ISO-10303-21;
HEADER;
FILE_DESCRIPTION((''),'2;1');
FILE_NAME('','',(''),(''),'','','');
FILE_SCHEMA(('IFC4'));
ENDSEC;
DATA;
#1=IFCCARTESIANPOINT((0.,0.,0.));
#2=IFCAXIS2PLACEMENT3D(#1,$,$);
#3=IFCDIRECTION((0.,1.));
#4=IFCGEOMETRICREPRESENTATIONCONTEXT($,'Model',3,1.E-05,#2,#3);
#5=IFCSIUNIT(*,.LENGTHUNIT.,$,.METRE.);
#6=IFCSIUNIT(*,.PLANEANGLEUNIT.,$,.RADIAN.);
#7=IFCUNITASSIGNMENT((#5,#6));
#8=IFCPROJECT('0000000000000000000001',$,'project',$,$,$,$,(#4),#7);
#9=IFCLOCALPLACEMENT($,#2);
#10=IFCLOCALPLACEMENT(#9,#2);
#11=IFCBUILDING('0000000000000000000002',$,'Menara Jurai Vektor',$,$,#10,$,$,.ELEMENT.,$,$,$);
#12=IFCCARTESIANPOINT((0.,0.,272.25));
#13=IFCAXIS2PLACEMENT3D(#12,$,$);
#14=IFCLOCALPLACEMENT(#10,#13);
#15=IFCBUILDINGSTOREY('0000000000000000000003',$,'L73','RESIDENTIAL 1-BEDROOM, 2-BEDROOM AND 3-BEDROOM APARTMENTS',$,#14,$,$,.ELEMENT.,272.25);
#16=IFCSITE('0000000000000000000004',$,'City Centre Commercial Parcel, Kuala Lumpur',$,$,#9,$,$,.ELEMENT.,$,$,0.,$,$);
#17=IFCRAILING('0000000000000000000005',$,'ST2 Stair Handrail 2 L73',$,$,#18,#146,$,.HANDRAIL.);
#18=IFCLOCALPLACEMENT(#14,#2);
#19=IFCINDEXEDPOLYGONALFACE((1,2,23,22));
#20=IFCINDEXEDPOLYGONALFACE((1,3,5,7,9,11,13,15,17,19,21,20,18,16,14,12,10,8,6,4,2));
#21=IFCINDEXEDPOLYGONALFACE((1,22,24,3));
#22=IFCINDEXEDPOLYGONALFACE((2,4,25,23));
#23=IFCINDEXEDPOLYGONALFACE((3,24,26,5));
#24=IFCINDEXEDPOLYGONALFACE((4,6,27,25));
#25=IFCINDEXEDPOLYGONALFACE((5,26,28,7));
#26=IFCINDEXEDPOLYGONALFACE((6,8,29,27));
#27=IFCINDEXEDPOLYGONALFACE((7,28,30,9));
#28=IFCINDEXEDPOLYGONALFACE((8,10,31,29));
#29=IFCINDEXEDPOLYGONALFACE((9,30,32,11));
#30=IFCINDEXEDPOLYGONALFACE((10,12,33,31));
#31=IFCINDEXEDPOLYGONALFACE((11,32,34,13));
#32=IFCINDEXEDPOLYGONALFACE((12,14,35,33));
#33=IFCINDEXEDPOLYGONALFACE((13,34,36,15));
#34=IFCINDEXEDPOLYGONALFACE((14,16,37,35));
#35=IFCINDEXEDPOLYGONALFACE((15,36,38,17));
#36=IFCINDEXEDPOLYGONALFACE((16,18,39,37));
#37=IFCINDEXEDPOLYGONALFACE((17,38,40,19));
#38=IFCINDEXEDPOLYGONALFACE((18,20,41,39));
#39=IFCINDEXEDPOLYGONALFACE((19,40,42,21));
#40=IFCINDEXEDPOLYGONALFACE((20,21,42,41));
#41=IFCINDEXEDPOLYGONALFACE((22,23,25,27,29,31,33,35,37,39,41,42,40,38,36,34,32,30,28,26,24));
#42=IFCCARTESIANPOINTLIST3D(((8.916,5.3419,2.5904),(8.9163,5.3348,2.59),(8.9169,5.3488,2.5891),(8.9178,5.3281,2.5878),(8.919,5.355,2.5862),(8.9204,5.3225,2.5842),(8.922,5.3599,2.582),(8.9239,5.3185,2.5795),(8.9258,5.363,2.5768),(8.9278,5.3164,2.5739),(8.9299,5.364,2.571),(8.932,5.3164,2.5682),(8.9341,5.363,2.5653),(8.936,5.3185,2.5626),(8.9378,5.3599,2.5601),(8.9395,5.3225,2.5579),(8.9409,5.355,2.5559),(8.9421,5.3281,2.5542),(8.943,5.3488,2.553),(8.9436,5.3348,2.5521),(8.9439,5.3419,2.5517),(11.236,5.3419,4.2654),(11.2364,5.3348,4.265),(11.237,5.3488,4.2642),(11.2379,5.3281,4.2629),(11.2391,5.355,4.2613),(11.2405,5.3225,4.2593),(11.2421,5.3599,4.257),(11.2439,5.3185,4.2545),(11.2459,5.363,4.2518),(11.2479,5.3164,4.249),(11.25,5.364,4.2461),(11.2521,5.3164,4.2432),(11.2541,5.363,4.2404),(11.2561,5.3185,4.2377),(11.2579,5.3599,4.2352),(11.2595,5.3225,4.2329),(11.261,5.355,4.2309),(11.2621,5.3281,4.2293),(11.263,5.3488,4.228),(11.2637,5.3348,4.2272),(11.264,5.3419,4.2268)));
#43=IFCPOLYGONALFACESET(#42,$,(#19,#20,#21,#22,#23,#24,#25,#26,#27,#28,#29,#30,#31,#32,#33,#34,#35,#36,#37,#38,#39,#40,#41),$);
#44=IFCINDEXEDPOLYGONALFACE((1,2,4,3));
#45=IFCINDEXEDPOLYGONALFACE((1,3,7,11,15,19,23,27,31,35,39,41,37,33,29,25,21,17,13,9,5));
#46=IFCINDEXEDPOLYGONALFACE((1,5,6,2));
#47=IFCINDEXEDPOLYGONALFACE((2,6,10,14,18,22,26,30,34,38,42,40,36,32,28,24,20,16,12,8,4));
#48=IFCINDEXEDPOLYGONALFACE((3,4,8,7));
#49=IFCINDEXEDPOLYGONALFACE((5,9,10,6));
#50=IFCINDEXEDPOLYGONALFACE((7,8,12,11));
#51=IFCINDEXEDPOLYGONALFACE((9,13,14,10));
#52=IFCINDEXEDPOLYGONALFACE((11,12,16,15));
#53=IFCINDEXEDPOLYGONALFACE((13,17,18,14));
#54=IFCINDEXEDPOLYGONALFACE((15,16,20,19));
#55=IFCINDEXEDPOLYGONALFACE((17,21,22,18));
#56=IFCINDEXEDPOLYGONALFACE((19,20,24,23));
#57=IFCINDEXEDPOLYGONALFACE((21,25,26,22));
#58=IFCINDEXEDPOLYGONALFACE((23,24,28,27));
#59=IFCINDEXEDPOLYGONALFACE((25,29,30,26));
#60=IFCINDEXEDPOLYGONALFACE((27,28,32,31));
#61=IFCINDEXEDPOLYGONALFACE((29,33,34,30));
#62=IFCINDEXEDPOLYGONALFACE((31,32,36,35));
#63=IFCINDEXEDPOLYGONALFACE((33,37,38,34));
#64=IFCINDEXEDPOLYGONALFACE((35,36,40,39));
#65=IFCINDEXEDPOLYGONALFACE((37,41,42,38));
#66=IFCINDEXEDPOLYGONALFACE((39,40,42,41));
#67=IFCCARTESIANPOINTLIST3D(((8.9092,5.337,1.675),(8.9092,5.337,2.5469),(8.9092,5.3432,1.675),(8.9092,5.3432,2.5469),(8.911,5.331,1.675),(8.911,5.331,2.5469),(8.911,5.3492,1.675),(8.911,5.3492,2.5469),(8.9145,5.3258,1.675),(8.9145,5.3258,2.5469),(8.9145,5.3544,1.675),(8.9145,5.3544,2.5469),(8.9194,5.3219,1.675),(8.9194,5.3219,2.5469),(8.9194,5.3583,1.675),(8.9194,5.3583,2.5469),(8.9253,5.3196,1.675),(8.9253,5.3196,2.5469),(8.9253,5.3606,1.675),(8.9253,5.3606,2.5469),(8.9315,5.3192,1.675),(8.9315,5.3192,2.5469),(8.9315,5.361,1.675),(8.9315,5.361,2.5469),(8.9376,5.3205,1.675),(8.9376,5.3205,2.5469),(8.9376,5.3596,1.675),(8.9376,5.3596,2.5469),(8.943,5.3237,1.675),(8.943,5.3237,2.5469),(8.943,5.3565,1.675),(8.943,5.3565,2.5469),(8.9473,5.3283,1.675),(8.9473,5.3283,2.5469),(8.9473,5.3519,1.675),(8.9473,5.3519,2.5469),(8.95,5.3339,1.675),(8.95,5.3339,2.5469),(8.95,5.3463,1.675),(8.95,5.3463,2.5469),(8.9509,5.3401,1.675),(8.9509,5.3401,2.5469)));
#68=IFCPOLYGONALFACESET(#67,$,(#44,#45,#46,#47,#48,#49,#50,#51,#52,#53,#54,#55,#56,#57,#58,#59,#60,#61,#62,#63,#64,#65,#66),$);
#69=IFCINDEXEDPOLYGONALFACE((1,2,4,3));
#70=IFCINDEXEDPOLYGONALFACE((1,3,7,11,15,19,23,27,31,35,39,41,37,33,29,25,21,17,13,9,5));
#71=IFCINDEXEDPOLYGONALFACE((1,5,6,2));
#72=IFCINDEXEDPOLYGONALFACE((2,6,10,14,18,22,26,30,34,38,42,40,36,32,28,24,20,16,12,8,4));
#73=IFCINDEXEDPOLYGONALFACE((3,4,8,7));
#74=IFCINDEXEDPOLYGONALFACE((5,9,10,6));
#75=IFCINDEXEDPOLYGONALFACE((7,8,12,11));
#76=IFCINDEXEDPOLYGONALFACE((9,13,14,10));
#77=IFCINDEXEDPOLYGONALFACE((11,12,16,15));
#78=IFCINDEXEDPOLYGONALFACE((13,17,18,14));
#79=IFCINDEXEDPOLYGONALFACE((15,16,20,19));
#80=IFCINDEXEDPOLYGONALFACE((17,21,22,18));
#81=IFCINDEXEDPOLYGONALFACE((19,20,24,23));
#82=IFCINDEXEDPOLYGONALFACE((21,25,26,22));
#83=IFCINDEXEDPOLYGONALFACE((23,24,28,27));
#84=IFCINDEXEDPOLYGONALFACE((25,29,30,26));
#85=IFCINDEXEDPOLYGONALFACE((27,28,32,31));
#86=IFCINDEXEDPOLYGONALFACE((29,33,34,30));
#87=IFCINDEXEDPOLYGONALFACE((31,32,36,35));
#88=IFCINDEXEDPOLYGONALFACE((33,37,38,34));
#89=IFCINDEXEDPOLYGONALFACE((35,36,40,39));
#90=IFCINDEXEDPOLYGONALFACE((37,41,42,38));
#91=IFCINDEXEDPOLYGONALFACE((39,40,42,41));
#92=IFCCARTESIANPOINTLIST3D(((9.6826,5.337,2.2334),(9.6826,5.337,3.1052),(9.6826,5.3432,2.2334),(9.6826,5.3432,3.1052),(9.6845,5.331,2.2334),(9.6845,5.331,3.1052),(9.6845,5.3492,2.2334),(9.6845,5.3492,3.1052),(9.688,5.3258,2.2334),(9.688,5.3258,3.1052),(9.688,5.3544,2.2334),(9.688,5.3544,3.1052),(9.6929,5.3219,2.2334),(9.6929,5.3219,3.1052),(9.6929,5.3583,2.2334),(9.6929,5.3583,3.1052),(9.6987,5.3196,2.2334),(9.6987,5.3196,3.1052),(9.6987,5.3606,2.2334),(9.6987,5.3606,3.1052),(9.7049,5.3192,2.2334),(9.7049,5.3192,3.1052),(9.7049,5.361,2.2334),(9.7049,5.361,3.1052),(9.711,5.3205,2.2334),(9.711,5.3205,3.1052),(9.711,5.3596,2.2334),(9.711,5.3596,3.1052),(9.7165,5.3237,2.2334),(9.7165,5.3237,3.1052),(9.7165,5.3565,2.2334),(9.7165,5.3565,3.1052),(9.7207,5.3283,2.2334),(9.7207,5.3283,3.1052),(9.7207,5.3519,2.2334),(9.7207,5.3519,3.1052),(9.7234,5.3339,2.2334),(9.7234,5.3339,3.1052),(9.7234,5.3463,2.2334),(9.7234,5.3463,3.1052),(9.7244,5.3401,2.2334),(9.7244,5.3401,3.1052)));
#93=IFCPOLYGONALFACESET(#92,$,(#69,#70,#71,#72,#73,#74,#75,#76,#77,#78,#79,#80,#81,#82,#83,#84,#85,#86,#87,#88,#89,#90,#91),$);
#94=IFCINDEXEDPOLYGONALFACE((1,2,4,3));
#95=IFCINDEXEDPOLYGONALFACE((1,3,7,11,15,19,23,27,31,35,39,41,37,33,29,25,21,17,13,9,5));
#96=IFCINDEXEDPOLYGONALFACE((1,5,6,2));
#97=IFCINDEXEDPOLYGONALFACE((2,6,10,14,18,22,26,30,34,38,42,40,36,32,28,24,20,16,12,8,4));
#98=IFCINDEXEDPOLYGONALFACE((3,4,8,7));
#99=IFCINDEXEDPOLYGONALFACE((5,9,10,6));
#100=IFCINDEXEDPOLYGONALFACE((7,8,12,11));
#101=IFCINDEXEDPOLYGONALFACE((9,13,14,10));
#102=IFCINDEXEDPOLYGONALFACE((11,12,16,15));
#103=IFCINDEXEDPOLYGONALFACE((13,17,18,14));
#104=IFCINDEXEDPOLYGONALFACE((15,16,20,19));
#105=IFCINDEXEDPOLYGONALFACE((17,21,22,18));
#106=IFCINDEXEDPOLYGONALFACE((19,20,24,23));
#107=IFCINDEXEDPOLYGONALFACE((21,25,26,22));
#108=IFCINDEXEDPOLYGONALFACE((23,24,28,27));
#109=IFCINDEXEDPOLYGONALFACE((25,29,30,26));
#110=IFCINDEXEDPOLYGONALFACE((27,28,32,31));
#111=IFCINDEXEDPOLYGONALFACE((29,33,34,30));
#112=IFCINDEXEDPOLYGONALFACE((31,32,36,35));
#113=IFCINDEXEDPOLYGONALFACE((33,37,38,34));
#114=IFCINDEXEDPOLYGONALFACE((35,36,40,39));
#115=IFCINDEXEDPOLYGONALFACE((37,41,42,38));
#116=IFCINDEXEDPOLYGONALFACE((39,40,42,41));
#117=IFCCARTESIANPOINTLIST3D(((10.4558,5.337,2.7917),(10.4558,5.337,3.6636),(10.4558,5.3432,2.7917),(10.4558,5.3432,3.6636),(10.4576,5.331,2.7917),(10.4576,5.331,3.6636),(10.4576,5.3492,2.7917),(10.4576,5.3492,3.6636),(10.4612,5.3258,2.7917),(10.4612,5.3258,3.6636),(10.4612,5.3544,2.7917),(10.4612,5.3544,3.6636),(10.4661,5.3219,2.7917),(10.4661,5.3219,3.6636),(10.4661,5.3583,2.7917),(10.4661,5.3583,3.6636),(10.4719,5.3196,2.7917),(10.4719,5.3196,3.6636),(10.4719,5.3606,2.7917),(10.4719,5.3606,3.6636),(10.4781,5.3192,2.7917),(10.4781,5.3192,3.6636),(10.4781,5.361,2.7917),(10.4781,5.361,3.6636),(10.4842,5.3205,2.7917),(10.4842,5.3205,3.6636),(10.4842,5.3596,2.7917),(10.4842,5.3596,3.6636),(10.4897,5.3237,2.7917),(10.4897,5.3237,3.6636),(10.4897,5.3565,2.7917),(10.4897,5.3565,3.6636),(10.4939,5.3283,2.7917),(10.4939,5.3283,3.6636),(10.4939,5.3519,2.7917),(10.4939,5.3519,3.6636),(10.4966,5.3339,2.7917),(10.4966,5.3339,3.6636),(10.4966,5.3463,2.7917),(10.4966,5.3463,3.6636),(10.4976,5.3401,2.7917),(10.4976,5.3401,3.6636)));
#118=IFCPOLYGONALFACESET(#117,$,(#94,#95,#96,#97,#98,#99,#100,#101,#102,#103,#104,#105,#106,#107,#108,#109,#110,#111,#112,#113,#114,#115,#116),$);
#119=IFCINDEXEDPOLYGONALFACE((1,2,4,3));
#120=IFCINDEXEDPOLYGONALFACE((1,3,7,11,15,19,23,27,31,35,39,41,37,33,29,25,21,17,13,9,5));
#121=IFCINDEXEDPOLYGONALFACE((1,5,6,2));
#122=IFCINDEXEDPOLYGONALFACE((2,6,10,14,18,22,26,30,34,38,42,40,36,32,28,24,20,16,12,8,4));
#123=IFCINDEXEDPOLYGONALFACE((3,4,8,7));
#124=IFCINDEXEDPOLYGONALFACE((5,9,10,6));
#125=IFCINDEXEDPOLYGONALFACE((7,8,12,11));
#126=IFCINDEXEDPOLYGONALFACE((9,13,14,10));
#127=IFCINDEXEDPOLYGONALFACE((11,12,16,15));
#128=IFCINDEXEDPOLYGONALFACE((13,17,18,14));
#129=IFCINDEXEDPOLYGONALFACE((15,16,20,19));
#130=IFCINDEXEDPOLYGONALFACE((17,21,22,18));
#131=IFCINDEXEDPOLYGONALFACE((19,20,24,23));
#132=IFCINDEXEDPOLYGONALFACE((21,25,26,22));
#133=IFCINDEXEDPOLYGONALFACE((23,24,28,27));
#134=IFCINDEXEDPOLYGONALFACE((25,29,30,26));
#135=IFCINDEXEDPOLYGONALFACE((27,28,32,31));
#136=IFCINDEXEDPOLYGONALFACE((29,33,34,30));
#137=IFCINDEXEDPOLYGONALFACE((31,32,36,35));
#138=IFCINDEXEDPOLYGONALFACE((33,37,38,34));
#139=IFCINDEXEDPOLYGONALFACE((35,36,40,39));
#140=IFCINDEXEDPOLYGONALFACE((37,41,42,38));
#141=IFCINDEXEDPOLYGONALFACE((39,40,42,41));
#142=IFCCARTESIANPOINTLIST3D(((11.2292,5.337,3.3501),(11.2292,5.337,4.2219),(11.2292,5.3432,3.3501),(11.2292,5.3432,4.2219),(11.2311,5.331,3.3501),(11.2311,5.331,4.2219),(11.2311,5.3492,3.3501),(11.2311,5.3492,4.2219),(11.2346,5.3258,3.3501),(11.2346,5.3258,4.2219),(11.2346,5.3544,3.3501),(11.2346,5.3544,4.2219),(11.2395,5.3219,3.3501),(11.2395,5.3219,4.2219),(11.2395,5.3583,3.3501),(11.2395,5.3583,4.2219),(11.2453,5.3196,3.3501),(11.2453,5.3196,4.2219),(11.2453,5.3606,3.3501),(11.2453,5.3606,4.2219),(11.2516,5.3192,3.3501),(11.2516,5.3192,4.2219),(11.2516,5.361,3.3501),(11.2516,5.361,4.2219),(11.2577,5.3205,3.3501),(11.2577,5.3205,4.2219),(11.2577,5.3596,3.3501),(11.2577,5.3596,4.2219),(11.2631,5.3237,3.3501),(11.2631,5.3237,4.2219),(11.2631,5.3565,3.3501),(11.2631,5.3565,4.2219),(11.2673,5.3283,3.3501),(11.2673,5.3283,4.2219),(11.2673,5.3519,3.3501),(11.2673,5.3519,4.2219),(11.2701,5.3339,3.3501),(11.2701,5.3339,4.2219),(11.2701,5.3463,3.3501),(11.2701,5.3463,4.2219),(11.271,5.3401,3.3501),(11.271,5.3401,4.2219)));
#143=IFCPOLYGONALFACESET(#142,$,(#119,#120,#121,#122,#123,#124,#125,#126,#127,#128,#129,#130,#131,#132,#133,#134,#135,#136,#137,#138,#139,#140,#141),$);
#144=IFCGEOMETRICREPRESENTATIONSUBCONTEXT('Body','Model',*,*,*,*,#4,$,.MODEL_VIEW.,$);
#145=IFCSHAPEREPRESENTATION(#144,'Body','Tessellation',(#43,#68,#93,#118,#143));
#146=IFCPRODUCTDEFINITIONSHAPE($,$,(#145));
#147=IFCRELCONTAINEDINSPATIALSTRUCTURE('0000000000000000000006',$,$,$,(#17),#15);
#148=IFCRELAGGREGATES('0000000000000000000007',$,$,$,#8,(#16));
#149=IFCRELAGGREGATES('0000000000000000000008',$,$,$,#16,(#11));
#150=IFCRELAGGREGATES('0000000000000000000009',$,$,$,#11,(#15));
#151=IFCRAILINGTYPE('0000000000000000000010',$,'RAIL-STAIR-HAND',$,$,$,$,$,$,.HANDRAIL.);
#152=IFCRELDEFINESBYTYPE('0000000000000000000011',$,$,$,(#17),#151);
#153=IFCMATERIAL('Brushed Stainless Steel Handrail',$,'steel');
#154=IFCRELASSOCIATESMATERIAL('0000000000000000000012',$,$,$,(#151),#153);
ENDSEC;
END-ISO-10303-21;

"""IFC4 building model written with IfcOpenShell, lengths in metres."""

from ifc_helpers import new_model, si_unit, direction, frame, origin, origin_2d, place, context, subcontext, project, spatial, circle, extrude, material, type_object, element, save


model = new_model("IFC4")

# Units and contexts
model_context = context("Model", 3, precision=1e-05, world=origin(), true_north=direction((0.0, 1.0)))
body_context = subcontext(model_context, "Body", "Model", "MODEL_VIEW")
ifc_project = project(units=[si_unit("LENGTHUNIT", "METRE"), si_unit("PLANEANGLEUNIT", "RADIAN")], contexts=[model_context])

# Site, building, storey
site_placement = place(None, origin())
site = spatial("IfcSite", under=ifc_project, at=site_placement, Name="City Centre Commercial Parcel, Kuala Lumpur", CompositionType="ELEMENT", RefElevation=0.0)
building_placement = place(site_placement, origin())
building = spatial("IfcBuilding", under=site, at=building_placement, Name="Menara Jurai Vektor", CompositionType="ELEMENT")
storey_placement = place(building_placement, frame((0.0, 0.0, 272.25)))
storey = spatial("IfcBuildingStorey", under=building, at=storey_placement, Name="L73", Description="RESIDENTIAL 1-BEDROOM, 2-BEDROOM AND 3-BEDROOM APARTMENTS", CompositionType="ELEMENT", Elevation=272.25)

# Railing
ifc_material_1 = material(Name="Brushed Stainless Steel Handrail", Category="steel")
railing_type_1 = type_object("IfcRailingType", Name="RAIL-STAIR-HAND", PredefinedType="HANDRAIL", material=ifc_material_1)
railing_1_placement = place(storey_placement, frame((8.9299, 5.3401, 1.675)))
element("IfcRailing", 1, at=railing_1_placement, inside=storey, type_object=railing_type_1, Name="ST2 Stair Handrail 2 L73", PredefinedType="HANDRAIL", context=body_context, shape_type="SweptSolid", body=[
    extrude(circle(Radius=0.0239, at=origin_2d()), frame((0.0, 0.0, 0.896), z_axis=(0.810771, 0.0, 0.585363), x_axis=(0.0, 1.0, 0.0)), (0.0, 0.0, 1.0), 2.8616),
    extrude(circle(Radius=0.021, at=origin_2d()), origin(), (0.0, 0.0, 1.0), 0.8718),
    extrude(circle(Radius=0.021, at=origin_2d()), frame((0.7734, 0.0, 0.5583)), (0.0, 0.0, 1.0), 0.8718),
    extrude(circle(Radius=0.021, at=origin_2d()), frame((1.5466, 0.0, 1.1167)), (0.0, 0.0, 1.0), 0.8718),
    extrude(circle(Radius=0.021, at=origin_2d()), frame((2.3201, 0.0, 1.675)), (0.0, 0.0, 1.0), 0.8718),
])

save(model, "model.ifc")
